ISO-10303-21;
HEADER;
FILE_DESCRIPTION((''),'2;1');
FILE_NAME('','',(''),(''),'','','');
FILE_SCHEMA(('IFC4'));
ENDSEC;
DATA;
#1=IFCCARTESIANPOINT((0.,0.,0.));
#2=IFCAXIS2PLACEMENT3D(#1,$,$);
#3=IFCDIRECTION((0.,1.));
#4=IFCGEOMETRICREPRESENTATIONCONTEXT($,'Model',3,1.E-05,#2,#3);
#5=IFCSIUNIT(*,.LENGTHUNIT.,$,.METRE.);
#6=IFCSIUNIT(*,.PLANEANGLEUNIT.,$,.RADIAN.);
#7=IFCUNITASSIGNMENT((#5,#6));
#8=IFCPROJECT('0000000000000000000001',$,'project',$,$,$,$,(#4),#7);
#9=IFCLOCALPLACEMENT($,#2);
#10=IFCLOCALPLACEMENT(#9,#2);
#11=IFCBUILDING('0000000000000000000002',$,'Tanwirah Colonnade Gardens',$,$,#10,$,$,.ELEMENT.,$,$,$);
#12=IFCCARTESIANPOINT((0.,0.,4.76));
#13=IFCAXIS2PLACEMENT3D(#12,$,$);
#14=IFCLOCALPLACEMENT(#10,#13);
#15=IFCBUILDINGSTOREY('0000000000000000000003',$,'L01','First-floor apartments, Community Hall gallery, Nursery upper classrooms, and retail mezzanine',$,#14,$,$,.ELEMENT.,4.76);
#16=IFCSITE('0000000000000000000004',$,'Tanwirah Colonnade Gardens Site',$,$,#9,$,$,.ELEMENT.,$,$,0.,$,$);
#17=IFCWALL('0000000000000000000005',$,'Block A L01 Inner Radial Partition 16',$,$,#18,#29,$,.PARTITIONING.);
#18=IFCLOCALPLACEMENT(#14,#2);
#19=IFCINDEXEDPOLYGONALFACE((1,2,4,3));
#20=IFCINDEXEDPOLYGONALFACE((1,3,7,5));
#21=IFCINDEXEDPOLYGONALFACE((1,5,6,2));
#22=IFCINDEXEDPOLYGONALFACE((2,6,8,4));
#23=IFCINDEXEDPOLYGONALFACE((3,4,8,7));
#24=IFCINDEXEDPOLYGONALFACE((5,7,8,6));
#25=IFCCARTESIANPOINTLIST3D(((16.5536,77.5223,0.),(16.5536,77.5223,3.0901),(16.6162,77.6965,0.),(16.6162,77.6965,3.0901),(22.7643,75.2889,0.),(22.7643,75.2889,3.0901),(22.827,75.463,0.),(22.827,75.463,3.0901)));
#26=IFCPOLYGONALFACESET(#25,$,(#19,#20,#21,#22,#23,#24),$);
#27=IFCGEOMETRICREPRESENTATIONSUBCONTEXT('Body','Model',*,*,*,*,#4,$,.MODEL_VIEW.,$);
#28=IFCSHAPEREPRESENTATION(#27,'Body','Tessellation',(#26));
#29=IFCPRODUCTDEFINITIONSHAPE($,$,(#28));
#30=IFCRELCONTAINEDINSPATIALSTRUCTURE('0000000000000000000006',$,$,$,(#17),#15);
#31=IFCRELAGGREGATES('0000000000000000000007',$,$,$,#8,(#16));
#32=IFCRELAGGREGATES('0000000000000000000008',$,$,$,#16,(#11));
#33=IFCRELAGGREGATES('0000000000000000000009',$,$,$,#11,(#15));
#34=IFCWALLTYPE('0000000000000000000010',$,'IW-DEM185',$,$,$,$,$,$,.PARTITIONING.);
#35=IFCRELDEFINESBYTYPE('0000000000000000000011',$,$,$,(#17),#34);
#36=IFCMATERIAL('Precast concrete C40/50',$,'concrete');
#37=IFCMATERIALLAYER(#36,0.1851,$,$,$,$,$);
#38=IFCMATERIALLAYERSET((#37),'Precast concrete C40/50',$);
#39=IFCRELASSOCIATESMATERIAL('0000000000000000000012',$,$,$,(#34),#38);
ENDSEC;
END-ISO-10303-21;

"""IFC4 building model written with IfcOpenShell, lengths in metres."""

from ifc_helpers import new_model, si_unit, direction, frame, frame_2d, origin, place, context, subcontext, project, spatial, rectangle, extrude, material, layer, layer_set, type_object, element, save


model = new_model("IFC4")

# Units and contexts
model_context = context("Model", 3, precision=1e-05, world=origin(), true_north=direction((0.0, 1.0)))
body_context = subcontext(model_context, "Body", "Model", "MODEL_VIEW")
ifc_project = project(units=[si_unit("LENGTHUNIT", "METRE"), si_unit("PLANEANGLEUNIT", "RADIAN")], contexts=[model_context])

# Site, building, storey
site_placement = place(None, origin())
site = spatial("IfcSite", under=ifc_project, at=site_placement, Name="Tanwirah Colonnade Gardens Site", CompositionType="ELEMENT", RefElevation=0.0)
building_placement = place(site_placement, origin())
building = spatial("IfcBuilding", under=site, at=building_placement, Name="Tanwirah Colonnade Gardens", CompositionType="ELEMENT")
storey_placement = place(building_placement, frame((0.0, 0.0, 4.76)))
storey = spatial("IfcBuildingStorey", under=building, at=storey_placement, Name="L01", Description="First-floor apartments, Community Hall gallery, Nursery upper classrooms, and retail mezzanine", CompositionType="ELEMENT", Elevation=4.76)

# Shared definitions
ifc_material_1 = material(Name="Precast concrete C40/50", Category="concrete")

# Wall
ifc_layer_1 = layer(ifc_material_1, 0.1851)
ifc_layer_set_1 = layer_set([ifc_layer_1], Name="Precast concrete C40/50")
wall_type_1 = type_object("IfcWallType", Name="IW-DEM185", PredefinedType="PARTITIONING", material=ifc_layer_set_1)
wall_1_placement = place(storey_placement, frame((22.7957, 75.376, 0.0), z_axis=(0.0, 0.0, 1.0), x_axis=(-0.941006, 0.338391, 0.0)))
element("IfcWall", 1, at=wall_1_placement, inside=storey, type_object=wall_type_1, Name="Block A L01 Inner Radial Partition 16", PredefinedType="PARTITIONING", context=body_context, shape_type="SweptSolid", body=[
    extrude(rectangle(XDim=6.6001, YDim=0.1851, at=frame_2d((3.3, 0.0))), origin(), (0.0, 0.0, 1.0), 3.0901),
])

save(model, "model.ifc")
